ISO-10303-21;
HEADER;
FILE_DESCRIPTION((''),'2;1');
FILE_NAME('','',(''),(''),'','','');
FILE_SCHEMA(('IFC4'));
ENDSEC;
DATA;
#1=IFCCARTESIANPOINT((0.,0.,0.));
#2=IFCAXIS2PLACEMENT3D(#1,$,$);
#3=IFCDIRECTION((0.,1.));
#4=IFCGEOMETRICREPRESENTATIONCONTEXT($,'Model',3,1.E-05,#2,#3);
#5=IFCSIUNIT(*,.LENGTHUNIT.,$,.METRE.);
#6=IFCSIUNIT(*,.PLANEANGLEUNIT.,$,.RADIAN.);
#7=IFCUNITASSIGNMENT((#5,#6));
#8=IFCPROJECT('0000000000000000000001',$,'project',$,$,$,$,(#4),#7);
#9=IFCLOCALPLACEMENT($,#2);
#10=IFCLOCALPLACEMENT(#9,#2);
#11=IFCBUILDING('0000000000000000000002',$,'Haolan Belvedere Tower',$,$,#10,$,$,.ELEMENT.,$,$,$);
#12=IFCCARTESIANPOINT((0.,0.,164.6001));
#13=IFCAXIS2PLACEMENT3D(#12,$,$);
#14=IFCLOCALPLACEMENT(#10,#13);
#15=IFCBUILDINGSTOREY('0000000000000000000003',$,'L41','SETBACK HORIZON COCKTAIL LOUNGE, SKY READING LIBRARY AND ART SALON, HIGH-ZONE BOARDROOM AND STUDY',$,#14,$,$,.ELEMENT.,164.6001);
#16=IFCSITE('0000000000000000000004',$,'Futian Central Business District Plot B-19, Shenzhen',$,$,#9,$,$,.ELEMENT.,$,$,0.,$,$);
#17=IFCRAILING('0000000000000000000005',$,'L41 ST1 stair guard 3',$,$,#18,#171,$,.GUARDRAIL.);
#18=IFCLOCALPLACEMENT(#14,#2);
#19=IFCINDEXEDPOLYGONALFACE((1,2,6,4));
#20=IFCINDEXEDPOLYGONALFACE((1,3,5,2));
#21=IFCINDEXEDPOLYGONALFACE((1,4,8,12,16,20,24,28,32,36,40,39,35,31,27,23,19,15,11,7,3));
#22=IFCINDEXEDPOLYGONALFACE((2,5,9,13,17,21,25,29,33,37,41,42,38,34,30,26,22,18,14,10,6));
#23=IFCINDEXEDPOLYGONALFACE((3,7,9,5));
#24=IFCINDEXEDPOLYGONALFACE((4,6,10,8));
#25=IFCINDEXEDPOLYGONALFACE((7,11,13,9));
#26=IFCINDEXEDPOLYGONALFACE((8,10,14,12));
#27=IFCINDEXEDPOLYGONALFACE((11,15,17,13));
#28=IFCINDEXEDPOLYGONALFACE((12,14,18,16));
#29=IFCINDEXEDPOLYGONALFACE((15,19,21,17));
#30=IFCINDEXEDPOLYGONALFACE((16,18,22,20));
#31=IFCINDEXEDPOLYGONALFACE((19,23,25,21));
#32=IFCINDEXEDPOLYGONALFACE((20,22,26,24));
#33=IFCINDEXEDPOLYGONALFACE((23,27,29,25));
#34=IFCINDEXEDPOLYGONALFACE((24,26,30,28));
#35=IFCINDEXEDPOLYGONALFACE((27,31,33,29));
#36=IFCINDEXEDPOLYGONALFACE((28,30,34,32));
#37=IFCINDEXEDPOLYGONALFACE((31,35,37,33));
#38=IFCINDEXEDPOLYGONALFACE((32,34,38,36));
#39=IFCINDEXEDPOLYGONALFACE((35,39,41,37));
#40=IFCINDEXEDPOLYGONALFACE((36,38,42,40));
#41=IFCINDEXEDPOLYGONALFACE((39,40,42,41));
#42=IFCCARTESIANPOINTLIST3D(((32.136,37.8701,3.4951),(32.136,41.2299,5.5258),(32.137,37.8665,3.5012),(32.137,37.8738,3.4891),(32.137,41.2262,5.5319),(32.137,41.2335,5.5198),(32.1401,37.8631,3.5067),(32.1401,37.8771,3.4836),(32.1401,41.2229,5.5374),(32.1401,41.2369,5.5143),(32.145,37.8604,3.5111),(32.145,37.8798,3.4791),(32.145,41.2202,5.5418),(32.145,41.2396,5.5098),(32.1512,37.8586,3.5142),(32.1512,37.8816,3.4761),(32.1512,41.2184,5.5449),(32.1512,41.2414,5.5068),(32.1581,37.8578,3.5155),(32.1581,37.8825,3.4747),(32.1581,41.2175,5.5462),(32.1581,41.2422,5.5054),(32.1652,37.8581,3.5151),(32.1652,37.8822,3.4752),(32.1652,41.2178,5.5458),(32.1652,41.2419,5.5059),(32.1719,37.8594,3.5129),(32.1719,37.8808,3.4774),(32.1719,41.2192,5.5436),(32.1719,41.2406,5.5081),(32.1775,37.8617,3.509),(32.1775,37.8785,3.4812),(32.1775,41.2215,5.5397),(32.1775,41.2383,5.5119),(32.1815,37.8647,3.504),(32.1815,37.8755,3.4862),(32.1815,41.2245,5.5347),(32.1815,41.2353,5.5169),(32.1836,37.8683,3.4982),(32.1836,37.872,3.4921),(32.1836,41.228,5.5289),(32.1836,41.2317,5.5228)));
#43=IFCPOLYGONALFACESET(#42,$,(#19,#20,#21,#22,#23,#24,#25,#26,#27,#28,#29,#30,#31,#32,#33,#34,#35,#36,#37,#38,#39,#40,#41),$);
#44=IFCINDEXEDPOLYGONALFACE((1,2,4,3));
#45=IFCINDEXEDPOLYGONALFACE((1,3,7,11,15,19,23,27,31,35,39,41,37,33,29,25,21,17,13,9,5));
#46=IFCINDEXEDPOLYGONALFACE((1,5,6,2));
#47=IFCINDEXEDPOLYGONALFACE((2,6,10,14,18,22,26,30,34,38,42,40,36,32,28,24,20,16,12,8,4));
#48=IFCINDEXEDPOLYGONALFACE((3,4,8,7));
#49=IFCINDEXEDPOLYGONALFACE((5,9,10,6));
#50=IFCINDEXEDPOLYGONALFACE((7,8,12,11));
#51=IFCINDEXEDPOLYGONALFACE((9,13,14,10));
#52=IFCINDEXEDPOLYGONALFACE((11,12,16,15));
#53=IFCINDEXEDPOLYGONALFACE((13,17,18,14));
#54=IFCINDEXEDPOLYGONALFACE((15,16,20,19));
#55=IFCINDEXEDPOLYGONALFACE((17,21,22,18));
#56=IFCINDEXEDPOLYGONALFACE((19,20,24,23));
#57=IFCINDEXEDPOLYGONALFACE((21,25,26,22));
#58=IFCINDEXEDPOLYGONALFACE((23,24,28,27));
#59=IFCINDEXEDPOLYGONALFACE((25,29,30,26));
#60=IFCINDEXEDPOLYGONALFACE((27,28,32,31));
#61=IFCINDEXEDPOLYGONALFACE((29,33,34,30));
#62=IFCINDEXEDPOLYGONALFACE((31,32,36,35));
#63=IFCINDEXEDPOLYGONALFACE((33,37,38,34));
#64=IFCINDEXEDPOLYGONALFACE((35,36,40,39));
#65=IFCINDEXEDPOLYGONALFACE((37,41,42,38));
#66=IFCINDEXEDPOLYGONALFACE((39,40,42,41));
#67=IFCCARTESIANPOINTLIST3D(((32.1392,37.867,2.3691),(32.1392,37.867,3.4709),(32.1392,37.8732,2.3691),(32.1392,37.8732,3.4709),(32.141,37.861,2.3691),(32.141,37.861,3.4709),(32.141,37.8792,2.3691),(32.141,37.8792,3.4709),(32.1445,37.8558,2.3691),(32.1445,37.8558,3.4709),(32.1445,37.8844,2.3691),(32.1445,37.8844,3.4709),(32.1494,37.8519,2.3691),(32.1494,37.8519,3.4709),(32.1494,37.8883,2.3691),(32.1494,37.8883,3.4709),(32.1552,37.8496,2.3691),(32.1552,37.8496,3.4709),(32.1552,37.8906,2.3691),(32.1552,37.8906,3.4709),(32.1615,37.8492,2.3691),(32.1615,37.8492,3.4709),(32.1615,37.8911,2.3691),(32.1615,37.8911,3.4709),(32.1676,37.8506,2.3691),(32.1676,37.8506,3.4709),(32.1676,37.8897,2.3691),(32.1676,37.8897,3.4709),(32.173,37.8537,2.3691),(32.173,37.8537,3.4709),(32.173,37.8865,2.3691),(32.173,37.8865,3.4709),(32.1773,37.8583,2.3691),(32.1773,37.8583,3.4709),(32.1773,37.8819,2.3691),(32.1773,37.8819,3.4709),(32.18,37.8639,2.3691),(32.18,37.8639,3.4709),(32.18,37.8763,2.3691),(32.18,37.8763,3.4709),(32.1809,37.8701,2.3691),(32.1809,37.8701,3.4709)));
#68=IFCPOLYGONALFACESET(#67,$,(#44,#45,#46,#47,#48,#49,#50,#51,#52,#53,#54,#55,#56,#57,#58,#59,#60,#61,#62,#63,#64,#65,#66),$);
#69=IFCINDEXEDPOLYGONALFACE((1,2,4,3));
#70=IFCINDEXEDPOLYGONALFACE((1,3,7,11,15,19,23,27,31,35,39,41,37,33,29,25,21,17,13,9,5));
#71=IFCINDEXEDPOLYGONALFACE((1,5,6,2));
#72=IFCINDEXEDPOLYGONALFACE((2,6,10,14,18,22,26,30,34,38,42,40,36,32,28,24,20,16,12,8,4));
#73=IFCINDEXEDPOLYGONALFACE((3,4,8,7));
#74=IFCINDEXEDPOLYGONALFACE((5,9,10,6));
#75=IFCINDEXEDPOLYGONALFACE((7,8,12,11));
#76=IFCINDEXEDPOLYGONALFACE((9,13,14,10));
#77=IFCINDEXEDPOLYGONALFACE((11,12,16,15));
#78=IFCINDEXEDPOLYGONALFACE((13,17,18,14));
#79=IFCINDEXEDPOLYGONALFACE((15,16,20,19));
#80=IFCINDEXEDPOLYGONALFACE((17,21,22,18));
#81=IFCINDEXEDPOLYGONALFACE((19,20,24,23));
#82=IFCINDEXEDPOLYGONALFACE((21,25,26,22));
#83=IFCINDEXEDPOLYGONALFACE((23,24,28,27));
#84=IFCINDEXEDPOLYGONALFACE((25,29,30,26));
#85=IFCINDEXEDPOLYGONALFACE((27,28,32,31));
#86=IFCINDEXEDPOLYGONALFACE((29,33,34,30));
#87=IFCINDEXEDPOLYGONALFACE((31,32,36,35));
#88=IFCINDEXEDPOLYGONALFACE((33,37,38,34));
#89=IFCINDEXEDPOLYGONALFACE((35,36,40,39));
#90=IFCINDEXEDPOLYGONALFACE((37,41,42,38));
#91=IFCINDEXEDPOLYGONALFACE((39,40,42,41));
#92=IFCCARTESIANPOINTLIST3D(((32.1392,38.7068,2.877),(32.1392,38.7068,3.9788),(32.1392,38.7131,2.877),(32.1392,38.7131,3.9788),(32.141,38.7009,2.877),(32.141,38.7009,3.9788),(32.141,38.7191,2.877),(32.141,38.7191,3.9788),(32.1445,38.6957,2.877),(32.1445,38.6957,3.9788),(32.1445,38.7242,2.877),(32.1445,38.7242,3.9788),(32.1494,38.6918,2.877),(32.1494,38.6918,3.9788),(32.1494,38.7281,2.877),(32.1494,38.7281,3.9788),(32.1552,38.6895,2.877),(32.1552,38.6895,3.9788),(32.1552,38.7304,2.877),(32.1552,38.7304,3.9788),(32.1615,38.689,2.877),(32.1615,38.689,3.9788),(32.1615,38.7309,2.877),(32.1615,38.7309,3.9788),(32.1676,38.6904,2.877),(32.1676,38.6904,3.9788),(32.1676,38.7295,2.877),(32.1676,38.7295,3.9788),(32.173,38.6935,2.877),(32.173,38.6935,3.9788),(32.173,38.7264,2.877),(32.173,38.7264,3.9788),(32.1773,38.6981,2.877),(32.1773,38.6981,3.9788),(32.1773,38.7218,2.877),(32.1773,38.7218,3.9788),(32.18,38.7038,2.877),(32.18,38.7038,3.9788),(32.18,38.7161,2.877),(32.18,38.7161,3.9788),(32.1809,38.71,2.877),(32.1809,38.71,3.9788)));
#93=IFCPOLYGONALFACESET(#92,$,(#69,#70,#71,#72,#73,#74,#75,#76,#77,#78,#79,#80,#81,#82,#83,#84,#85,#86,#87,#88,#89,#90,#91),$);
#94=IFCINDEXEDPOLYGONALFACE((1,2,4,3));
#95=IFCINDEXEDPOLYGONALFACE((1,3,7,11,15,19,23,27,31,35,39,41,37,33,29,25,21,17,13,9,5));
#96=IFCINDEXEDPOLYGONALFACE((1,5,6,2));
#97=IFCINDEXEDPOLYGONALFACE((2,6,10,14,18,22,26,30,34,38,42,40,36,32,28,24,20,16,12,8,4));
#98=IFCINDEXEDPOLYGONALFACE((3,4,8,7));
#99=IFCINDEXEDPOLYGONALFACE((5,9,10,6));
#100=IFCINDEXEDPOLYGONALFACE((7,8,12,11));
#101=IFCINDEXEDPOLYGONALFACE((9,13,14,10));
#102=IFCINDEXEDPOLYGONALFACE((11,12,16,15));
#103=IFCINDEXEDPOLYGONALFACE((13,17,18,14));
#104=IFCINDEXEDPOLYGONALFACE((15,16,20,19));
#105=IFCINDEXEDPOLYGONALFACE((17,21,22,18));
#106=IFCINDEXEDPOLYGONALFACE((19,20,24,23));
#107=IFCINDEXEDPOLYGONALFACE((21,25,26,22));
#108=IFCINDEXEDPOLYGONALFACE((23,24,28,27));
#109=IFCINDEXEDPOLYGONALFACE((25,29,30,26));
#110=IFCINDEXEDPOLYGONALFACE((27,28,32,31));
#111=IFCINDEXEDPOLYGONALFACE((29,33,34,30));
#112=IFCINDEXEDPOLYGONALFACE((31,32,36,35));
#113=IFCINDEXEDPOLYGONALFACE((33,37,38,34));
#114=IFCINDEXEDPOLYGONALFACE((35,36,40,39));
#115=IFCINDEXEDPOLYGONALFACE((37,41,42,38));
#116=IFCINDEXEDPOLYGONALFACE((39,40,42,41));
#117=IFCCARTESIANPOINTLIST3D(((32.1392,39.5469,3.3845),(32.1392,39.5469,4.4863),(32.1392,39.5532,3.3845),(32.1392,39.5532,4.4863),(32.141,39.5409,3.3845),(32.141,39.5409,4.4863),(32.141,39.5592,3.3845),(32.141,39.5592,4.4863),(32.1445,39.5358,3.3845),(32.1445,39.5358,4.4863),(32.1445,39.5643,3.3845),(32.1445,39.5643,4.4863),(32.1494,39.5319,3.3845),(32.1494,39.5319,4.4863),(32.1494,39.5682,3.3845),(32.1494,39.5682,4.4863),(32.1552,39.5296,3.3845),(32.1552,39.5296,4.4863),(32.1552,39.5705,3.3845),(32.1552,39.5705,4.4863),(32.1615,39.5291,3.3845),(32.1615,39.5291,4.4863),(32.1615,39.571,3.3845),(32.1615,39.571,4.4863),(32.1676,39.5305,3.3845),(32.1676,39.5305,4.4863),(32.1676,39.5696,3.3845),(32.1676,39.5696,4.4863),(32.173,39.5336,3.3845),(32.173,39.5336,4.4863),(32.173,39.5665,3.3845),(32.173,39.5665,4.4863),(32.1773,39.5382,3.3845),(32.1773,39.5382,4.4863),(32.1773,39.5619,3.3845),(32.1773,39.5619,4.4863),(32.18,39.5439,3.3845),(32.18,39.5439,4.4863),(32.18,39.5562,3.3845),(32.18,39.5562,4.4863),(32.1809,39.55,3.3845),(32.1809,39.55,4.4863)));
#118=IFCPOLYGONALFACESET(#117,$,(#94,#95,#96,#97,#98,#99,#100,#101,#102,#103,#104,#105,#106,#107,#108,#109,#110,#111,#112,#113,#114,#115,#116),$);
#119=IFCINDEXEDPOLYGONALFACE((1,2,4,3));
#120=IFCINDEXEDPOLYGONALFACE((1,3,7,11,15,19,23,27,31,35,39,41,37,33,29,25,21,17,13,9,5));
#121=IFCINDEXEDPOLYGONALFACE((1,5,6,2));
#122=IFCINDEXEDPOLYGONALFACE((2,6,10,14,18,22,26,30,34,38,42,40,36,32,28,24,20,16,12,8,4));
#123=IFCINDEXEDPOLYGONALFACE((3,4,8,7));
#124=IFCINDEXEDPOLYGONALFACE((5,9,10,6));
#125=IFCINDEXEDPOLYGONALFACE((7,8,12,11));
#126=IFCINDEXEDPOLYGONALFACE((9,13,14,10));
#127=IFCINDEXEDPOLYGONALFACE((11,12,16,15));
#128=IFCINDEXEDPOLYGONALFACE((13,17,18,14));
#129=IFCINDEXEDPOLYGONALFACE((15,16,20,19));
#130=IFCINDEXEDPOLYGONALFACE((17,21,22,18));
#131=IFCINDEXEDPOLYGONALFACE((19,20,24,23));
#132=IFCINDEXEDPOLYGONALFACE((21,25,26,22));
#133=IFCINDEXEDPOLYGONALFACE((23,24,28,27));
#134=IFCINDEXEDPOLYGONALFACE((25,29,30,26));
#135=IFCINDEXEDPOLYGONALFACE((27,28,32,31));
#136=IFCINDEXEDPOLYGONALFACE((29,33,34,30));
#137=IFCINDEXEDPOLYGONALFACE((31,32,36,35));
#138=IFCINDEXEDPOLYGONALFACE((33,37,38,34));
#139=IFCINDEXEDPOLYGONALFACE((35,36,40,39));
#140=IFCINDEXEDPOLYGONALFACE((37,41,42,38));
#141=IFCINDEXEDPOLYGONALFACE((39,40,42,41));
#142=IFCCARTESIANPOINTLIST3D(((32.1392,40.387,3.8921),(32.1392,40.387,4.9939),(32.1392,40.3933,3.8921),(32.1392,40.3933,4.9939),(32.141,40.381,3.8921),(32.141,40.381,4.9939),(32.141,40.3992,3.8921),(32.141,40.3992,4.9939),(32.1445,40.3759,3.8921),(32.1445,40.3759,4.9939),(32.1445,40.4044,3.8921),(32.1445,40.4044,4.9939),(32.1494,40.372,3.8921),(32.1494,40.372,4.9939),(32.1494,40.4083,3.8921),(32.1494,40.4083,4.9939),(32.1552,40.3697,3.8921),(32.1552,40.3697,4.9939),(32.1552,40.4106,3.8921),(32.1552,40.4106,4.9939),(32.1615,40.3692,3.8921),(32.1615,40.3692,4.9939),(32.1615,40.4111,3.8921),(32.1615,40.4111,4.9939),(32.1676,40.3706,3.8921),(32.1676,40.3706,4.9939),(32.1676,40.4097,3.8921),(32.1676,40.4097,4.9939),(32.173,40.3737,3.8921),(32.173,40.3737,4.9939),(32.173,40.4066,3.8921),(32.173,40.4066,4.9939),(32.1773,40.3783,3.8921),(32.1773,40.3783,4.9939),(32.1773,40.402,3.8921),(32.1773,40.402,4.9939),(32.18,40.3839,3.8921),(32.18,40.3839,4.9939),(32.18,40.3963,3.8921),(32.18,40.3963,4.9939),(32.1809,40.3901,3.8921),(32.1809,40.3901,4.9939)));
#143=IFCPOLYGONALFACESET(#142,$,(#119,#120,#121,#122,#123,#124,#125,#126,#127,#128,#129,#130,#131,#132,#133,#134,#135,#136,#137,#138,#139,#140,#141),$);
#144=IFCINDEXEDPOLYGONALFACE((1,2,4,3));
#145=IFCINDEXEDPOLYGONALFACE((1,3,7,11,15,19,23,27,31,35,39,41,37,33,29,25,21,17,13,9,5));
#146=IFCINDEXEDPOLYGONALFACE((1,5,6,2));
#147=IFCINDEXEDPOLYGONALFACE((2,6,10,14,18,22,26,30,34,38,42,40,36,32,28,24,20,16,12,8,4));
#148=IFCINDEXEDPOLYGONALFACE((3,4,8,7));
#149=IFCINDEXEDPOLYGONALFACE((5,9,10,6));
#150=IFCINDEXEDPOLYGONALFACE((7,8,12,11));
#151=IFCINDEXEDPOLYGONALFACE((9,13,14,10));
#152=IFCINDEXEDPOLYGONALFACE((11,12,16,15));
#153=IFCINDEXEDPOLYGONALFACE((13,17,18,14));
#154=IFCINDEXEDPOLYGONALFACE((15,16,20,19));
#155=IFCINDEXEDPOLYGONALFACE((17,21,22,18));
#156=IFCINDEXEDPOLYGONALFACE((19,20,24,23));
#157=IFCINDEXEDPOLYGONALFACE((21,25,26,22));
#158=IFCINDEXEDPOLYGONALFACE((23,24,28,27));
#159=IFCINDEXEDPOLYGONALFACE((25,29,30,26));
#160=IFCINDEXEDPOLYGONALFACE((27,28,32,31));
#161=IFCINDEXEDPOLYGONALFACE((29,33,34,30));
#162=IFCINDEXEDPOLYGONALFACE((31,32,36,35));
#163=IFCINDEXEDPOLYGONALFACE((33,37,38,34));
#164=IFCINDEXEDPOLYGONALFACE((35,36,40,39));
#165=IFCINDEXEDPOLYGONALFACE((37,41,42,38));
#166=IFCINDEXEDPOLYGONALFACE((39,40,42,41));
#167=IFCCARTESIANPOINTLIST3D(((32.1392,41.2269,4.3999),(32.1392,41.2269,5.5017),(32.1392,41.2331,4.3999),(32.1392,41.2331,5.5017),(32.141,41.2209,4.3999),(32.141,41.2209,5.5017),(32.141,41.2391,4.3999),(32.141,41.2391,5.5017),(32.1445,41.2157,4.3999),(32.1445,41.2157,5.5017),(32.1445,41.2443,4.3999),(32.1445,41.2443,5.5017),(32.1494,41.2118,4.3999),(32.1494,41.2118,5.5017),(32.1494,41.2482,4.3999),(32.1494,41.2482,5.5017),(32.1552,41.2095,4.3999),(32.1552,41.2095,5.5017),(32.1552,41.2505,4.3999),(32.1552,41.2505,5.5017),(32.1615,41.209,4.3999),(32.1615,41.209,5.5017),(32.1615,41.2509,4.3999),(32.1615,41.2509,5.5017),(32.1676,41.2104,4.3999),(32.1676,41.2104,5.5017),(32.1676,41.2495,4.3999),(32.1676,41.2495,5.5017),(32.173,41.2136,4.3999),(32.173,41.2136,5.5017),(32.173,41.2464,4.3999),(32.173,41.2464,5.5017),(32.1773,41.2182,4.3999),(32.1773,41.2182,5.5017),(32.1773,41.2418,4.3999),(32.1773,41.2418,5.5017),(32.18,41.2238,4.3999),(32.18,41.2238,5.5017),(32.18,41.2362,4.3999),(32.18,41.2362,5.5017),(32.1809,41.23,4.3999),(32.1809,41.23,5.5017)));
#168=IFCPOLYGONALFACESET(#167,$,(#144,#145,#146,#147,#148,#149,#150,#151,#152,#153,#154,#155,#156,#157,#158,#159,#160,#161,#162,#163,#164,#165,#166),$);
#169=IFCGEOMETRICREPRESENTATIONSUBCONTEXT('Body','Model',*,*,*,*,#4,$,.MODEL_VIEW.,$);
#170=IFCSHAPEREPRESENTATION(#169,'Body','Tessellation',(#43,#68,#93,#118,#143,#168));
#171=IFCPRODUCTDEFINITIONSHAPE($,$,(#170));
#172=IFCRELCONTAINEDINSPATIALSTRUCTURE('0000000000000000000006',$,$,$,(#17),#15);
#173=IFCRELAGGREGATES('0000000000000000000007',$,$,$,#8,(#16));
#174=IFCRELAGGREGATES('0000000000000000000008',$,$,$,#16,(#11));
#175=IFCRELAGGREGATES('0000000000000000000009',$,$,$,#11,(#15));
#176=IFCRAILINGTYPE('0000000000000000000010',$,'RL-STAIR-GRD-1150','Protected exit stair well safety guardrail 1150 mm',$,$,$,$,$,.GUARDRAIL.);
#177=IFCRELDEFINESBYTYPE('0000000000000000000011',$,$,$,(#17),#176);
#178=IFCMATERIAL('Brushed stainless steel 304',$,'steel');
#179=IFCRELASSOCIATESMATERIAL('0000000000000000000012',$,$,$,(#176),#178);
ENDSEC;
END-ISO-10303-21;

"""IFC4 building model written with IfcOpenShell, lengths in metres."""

from ifc_helpers import new_model, si_unit, direction, frame, origin, origin_2d, place, context, subcontext, project, spatial, circle, extrude, material, type_object, element, save


model = new_model("IFC4")

# Units and contexts
model_context = context("Model", 3, precision=1e-05, world=origin(), true_north=direction((0.0, 1.0)))
body_context = subcontext(model_context, "Body", "Model", "MODEL_VIEW")
ifc_project = project(units=[si_unit("LENGTHUNIT", "METRE"), si_unit("PLANEANGLEUNIT", "RADIAN")], contexts=[model_context])

# Site, building, storey
site_placement = place(None, origin())
site = spatial("IfcSite", under=ifc_project, at=site_placement, Name="Futian Central Business District Plot B-19, Shenzhen", CompositionType="ELEMENT", RefElevation=0.0)
building_placement = place(site_placement, origin())
building = spatial("IfcBuilding", under=site, at=building_placement, Name="Haolan Belvedere Tower", CompositionType="ELEMENT")
storey_placement = place(building_placement, frame((0.0, 0.0, 164.6001)))
storey = spatial("IfcBuildingStorey", under=building, at=storey_placement, Name="L41", Description="SETBACK HORIZON COCKTAIL LOUNGE, SKY READING LIBRARY AND ART SALON, HIGH-ZONE BOARDROOM AND STUDY", CompositionType="ELEMENT", Elevation=164.6001)

# Railing
ifc_material_1 = material(Name="Brushed stainless steel 304", Category="steel")
railing_type_1 = type_object("IfcRailingType", Name="RL-STAIR-GRD-1150", Description="Protected exit stair well safety guardrail 1150 mm", PredefinedType="GUARDRAIL", material=ifc_material_1)
railing_1_placement = place(storey_placement, frame((32.1599, 37.8701, 2.3691)))
element("IfcRailing", 1, at=railing_1_placement, inside=storey, type_object=railing_type_1, Name="L41 ST1 stair guard 3", PredefinedType="GUARDRAIL", context=body_context, shape_type="SweptSolid", body=[
    extrude(circle(Radius=0.0239, at=origin_2d()), frame((0.0, 0.0, 1.126), z_axis=(0.0, 0.85582, 0.517273), x_axis=(-1.0, 0.0, 0.0)), (0.0, 0.0, 1.0), 3.9258),
    extrude(circle(Radius=0.021, at=origin_2d()), origin(), (0.0, 0.0, 1.0), 1.1018),
    extrude(circle(Radius=0.021, at=origin_2d()), frame((0.0, 0.8398, 0.5078)), (0.0, 0.0, 1.0), 1.1018),
    extrude(circle(Radius=0.021, at=origin_2d()), frame((0.0, 1.6799, 1.0154)), (0.0, 0.0, 1.0), 1.1018),
    extrude(circle(Radius=0.021, at=origin_2d()), frame((0.0, 2.52, 1.5229)), (0.0, 0.0, 1.0), 1.1018),
    extrude(circle(Radius=0.021, at=origin_2d()), frame((0.0, 3.3599, 2.0308)), (0.0, 0.0, 1.0), 1.1018),
])

save(model, "model.ifc")
